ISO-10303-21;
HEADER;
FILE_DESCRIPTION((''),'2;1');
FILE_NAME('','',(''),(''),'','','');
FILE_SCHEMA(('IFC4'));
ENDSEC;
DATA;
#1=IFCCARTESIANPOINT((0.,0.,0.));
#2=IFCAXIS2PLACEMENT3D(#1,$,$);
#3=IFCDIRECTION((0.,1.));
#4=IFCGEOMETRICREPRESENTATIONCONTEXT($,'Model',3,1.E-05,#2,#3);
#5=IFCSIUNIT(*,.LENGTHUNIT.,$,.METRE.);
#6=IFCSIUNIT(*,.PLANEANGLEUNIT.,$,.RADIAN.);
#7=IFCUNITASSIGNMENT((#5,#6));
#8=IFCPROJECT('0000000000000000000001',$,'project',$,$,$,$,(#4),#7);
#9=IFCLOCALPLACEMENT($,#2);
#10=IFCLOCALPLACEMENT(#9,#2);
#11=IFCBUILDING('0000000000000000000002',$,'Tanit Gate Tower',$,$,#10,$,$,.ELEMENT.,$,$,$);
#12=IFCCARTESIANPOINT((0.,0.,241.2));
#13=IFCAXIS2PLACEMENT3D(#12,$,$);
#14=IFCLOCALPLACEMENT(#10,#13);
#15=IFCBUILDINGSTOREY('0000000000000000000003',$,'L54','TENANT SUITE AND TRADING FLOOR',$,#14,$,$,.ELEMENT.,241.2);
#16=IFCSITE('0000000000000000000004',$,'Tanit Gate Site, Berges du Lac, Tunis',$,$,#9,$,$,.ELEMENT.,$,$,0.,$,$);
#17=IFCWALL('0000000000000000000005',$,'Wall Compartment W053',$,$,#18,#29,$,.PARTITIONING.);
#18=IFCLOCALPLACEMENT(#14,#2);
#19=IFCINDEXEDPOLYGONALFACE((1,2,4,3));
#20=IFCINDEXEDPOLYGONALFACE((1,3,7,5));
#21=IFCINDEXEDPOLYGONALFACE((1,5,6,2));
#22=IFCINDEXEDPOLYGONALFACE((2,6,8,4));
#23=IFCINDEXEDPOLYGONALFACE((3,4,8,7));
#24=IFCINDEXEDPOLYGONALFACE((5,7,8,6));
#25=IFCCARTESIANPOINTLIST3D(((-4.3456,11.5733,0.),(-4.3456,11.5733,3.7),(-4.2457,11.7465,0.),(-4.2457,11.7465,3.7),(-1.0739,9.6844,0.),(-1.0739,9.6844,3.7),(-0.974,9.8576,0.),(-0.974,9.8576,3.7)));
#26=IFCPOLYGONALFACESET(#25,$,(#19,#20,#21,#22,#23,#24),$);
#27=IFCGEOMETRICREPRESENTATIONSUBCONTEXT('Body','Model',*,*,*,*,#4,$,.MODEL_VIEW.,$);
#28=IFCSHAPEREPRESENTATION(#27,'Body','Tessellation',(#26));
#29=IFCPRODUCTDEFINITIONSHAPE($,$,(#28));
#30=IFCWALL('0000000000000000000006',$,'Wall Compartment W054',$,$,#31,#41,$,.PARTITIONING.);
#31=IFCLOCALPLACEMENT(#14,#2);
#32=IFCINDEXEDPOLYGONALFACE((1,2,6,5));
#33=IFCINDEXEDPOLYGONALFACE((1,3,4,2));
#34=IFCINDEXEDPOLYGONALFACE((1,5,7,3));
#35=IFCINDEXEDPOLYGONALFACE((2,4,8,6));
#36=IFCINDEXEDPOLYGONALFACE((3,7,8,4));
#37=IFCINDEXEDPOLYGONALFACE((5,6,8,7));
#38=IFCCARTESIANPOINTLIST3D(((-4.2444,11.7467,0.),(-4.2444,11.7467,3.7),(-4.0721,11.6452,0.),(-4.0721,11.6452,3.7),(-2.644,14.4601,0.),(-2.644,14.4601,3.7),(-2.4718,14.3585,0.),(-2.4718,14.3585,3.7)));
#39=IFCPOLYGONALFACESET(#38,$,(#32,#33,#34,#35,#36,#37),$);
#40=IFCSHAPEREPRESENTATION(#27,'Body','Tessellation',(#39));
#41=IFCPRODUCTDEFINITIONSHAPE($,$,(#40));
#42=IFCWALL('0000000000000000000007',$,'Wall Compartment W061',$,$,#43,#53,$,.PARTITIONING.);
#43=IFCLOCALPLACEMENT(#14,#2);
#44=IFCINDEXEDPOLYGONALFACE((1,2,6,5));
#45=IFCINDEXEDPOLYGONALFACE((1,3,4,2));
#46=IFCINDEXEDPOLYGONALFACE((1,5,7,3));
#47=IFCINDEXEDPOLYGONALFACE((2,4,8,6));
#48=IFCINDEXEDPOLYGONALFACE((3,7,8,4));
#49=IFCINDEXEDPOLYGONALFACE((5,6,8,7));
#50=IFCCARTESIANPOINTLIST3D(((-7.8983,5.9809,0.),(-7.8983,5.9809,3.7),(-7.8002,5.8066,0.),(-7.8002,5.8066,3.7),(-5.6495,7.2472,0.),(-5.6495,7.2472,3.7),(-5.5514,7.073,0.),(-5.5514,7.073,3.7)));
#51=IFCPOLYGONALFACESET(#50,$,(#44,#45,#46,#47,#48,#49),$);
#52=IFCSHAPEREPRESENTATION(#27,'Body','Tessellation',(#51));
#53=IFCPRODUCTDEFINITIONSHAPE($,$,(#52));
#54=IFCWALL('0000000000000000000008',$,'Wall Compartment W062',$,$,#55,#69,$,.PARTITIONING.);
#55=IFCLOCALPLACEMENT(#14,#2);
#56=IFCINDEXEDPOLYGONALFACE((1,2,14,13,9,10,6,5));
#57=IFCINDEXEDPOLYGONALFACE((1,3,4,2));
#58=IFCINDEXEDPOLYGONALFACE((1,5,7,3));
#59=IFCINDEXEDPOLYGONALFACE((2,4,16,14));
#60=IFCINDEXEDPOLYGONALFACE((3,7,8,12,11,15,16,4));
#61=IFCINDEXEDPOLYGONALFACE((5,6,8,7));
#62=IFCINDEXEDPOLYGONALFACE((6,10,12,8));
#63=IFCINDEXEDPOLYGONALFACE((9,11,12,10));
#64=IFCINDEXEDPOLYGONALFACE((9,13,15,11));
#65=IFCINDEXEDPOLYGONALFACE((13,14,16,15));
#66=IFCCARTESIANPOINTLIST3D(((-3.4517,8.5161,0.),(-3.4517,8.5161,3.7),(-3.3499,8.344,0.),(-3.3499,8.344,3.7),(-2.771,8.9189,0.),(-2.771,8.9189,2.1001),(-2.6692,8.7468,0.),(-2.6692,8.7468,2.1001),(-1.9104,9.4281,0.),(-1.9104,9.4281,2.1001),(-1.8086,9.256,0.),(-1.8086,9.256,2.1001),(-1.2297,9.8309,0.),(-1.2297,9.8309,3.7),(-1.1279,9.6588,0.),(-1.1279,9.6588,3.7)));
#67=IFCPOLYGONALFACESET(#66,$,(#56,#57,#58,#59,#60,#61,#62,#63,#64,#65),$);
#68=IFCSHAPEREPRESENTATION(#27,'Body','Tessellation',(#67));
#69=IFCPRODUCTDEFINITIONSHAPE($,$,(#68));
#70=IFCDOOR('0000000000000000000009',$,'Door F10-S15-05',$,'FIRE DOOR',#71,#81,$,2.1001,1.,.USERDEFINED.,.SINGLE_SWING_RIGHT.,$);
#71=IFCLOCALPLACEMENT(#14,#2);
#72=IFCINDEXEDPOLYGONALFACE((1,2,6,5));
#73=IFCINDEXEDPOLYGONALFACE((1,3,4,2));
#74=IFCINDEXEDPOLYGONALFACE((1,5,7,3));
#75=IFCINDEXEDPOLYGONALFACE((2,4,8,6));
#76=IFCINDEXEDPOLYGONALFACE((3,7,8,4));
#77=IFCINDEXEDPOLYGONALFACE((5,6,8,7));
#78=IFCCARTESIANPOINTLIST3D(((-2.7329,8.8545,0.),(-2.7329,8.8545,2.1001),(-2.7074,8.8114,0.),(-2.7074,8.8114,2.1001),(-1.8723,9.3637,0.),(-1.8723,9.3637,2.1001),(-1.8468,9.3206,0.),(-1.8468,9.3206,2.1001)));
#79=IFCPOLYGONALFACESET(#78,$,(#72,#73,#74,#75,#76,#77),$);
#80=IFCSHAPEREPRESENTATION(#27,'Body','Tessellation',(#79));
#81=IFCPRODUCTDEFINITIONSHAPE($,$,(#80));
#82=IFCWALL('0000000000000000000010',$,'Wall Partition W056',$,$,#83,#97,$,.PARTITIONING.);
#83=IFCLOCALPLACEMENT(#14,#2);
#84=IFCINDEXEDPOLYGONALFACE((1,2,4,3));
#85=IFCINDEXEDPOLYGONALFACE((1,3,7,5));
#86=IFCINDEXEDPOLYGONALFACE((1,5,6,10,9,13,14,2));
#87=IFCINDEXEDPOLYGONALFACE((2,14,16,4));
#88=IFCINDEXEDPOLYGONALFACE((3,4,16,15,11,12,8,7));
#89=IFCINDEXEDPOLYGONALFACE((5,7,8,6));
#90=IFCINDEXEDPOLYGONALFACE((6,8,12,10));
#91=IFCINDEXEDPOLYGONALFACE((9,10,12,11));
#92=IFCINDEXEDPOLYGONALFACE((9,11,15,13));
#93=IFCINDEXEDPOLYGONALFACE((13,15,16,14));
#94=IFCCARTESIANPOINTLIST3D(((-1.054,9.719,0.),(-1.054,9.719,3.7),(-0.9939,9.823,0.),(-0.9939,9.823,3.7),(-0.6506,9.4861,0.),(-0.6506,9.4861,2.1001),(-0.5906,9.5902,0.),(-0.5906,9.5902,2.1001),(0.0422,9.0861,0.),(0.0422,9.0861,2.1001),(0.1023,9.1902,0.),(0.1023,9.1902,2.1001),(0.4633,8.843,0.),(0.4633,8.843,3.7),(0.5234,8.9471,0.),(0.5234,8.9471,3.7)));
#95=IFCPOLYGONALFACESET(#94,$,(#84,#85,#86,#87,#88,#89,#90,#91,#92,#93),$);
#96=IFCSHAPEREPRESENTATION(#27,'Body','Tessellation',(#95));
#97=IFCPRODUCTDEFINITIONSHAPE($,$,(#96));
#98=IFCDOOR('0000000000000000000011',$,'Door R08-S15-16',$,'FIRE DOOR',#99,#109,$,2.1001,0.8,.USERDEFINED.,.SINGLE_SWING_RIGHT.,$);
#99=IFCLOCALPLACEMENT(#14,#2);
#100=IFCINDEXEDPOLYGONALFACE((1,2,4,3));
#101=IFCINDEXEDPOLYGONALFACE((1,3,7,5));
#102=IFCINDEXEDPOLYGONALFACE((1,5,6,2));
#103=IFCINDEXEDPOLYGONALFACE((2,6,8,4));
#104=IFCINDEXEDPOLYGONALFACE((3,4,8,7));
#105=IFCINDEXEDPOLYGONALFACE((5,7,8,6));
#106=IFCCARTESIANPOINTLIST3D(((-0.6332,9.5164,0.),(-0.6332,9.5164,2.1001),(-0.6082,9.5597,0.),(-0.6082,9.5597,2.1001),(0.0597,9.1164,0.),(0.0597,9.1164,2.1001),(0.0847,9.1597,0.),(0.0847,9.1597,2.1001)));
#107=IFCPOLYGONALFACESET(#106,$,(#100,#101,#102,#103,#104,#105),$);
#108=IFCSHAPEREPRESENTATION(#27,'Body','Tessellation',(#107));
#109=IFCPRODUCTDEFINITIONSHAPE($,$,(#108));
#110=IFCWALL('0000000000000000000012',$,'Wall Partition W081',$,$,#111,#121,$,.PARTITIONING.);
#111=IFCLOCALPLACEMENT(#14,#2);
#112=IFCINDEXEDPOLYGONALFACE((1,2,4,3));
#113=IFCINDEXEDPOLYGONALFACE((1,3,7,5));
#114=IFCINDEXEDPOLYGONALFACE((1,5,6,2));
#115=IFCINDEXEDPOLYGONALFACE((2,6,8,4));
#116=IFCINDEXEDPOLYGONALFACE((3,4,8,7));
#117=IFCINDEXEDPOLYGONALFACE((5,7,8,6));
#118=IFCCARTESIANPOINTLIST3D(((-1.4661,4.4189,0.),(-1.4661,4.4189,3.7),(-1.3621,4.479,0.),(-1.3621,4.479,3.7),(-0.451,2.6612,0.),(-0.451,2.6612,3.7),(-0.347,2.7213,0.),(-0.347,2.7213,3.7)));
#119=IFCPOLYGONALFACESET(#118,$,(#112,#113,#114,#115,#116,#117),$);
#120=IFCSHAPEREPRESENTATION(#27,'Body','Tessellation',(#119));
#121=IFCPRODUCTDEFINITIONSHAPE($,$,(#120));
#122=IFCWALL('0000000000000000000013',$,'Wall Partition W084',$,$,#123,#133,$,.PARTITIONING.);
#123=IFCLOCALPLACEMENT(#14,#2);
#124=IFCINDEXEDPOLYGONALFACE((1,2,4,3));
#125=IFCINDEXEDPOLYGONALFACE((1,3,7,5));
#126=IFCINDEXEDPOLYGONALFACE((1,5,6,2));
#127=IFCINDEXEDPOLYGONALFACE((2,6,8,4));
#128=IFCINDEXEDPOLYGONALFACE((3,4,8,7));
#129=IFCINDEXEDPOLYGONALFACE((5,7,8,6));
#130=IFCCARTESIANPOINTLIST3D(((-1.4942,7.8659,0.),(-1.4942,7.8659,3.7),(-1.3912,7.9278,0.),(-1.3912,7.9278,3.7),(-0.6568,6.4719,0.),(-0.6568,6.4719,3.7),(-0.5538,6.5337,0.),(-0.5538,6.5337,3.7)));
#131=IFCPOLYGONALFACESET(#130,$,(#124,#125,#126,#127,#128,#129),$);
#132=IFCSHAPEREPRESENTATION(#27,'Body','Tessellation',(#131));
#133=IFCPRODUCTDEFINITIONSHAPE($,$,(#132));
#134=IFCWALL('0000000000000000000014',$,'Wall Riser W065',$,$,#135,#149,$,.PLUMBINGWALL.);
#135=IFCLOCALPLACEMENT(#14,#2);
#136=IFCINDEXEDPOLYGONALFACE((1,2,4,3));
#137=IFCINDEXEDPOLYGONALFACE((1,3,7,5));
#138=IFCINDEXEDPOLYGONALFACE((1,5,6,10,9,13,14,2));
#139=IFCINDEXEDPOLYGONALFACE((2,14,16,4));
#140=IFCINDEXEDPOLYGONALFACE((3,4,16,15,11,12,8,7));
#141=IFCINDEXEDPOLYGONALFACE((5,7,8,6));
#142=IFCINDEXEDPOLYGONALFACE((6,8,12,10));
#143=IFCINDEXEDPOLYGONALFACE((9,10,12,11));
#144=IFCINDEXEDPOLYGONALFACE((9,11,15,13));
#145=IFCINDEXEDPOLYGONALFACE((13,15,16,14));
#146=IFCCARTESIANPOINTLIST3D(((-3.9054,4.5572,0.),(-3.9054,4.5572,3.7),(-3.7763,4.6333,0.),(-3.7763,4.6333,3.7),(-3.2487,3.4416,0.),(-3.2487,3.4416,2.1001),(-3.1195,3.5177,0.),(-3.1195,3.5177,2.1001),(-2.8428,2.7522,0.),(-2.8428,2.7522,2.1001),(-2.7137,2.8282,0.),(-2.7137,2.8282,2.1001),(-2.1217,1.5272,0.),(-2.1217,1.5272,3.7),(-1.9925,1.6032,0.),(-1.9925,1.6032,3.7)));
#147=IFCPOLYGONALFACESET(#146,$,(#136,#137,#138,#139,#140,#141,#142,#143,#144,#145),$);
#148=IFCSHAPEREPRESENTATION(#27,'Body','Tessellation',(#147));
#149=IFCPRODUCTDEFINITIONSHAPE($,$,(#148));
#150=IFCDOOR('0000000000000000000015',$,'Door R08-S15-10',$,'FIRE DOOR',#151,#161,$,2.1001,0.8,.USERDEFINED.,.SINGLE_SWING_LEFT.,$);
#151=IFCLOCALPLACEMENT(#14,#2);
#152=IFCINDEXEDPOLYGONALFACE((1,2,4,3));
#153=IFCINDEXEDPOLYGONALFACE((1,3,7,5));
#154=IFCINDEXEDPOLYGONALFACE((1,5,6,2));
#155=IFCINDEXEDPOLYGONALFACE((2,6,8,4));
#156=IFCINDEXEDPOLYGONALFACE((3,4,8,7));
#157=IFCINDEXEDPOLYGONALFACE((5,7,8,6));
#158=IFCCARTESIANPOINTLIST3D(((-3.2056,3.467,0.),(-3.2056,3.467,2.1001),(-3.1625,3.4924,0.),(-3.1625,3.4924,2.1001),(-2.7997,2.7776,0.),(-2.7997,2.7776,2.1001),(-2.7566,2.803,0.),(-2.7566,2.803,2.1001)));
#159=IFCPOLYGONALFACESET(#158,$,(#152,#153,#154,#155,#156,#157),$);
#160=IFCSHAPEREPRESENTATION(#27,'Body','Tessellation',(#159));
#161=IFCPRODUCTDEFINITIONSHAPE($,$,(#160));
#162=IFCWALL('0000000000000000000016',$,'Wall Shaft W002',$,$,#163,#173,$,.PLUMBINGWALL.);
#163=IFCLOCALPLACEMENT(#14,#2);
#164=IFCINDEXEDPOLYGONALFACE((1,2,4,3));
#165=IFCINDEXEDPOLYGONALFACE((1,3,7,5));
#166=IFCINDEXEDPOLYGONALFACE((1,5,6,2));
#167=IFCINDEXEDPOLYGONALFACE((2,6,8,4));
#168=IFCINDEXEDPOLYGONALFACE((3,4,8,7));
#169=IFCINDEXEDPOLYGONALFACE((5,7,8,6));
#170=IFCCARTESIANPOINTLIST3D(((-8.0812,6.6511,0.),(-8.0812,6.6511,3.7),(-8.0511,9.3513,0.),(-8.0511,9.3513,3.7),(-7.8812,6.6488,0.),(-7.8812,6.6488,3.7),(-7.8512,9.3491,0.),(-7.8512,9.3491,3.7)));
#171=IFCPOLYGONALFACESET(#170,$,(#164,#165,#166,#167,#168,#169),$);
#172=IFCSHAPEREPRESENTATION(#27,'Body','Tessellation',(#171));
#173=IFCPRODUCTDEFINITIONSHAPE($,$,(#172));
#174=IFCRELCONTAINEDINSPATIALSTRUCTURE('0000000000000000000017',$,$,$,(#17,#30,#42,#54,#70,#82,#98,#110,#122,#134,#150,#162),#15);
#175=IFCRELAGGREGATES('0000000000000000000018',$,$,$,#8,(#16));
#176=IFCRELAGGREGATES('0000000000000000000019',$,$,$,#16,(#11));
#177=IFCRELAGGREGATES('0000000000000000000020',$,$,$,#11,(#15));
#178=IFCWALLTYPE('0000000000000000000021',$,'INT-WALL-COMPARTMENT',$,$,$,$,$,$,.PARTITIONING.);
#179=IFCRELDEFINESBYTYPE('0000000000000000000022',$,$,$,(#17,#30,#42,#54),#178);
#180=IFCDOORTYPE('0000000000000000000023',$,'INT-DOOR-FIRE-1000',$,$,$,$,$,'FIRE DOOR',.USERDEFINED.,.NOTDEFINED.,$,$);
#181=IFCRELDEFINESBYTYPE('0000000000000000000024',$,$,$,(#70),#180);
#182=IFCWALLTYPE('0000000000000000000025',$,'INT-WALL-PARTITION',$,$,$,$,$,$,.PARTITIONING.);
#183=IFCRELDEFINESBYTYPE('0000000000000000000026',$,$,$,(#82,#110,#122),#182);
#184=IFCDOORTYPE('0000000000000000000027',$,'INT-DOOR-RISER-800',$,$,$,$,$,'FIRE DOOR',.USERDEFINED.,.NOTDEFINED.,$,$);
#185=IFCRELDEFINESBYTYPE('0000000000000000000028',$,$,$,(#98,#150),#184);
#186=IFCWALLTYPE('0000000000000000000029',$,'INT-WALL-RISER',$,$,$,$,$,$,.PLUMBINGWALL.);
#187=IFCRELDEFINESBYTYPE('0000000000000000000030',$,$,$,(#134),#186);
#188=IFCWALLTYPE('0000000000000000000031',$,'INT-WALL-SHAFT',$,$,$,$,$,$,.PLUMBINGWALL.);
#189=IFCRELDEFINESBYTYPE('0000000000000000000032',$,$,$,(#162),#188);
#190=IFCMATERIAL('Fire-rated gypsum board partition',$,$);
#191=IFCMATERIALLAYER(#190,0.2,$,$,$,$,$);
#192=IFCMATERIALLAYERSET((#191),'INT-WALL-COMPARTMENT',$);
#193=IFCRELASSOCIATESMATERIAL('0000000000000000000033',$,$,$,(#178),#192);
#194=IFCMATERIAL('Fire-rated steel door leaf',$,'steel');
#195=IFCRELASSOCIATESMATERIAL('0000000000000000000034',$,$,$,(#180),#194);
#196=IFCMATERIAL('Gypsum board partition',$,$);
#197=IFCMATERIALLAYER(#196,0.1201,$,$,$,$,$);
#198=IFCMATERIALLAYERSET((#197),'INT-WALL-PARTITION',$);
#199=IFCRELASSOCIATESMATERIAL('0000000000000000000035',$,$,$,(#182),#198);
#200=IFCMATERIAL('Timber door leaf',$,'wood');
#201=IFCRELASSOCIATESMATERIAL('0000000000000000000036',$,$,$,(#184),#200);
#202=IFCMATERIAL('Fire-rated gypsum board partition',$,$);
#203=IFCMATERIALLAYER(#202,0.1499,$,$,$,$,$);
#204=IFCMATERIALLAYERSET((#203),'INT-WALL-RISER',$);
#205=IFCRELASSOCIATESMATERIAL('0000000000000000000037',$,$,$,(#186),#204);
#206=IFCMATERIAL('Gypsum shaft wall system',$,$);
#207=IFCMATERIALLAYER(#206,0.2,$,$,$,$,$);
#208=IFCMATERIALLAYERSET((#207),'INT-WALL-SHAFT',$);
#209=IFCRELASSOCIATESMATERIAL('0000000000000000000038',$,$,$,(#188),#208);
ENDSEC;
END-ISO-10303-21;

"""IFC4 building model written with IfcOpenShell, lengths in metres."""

from ifc_helpers import new_model, si_unit, direction, frame, frame_2d, origin, place, context, subcontext, project, spatial, rectangle, extrude, material, layer, layer_set, type_object, element, fill, save


model = new_model("IFC4")

# Units and contexts
model_context = context("Model", 3, precision=1e-05, world=origin(), true_north=direction((0.0, 1.0)))
body_context = subcontext(model_context, "Body", "Model", "MODEL_VIEW")
ifc_project = project(units=[si_unit("LENGTHUNIT", "METRE"), si_unit("PLANEANGLEUNIT", "RADIAN")], contexts=[model_context])

# Site, building, storey
site_placement = place(None, origin())
site = spatial("IfcSite", under=ifc_project, at=site_placement, Name="Tanit Gate Site, Berges du Lac, Tunis", CompositionType="ELEMENT", RefElevation=0.0)
building_placement = place(site_placement, origin())
building = spatial("IfcBuilding", under=site, at=building_placement, Name="Tanit Gate Tower", CompositionType="ELEMENT")
storey_placement = place(building_placement, frame((0.0, 0.0, 241.2)))
storey = spatial("IfcBuildingStorey", under=building, at=storey_placement, Name="L54", Description="TENANT SUITE AND TRADING FLOOR", CompositionType="ELEMENT", Elevation=241.2)

# Walls
ifc_material_1 = material(Name="Fire-rated gypsum board partition")
ifc_layer_1 = layer(ifc_material_1, 0.2)
ifc_layer_set_1 = layer_set([ifc_layer_1], Name="INT-WALL-COMPARTMENT")
wall_type_1 = type_object("IfcWallType", Name="INT-WALL-COMPARTMENT", PredefinedType="PARTITIONING", material=ifc_layer_set_1)
wall_1_placement = place(storey_placement, frame((-4.2957, 11.6599, 0.0), z_axis=(0.0, 0.0, 1.0), x_axis=(0.866027, -0.499997, 0.0)))
element("IfcWall", 1, at=wall_1_placement, inside=storey, type_object=wall_type_1, Name="Wall Compartment W053", PredefinedType="PARTITIONING", context=body_context, shape_type="SweptSolid", body=[
    extrude(rectangle(XDim=3.7778, YDim=0.2, at=frame_2d((1.8889, 0.0))), origin(), (0.0, 0.0, 1.0), 3.7),
])
wall_2_placement = place(storey_placement, frame((-2.5579, 14.4094, 0.0), z_axis=(0.0, 0.0, 1.0), x_axis=(-0.508019, -0.861346, 0.0)))
element("IfcWall", 2, at=wall_2_placement, inside=storey, type_object=wall_type_1, Name="Wall Compartment W054", PredefinedType="PARTITIONING", context=body_context, shape_type="SweptSolid", body=[
    extrude(rectangle(XDim=3.1501, YDim=0.2, at=frame_2d((1.5752, 0.0))), origin(), (0.0, 0.0, 1.0), 3.7),
])
wall_3_placement = place(storey_placement, frame((-5.6003, 7.1602, 0.0), z_axis=(0.0, 0.0, 1.0), x_axis=(-0.87134, -0.490679, 0.0)))
element("IfcWall", 3, at=wall_3_placement, inside=storey, type_object=wall_type_1, Name="Wall Compartment W061", PredefinedType="PARTITIONING", context=body_context, shape_type="SweptSolid", body=[
    extrude(rectangle(XDim=2.5808, YDim=0.2, at=frame_2d((1.2905, 0.0))), origin(), (0.0, 0.0, 1.0), 3.7),
])

# Walls, openings, doors
wall_4_placement = place(storey_placement, frame((-1.1787, 9.7449, 0.0), z_axis=(0.0, 0.0, 1.0), x_axis=(-0.860631, -0.509229, 0.0)))
wall_4 = element("IfcWall", 4, at=wall_4_placement, inside=storey, type_object=wall_type_1, Name="Wall Compartment W062", PredefinedType="PARTITIONING", context=body_context, shape_type="SweptSolid", body=[
    extrude(rectangle(XDim=2.5818, YDim=0.2, at=frame_2d((1.291, 0.0))), origin(), (0.0, 0.0, 1.0), 3.7),
])
opening_1_placement = place(wall_4_placement, frame((0.791, 0.0, 0.0)))
opening_1 = element("IfcOpeningElement", 5, at=opening_1_placement, cuts=wall_4, PredefinedType="OPENING", context=body_context, shape_type="SweptSolid", body=[
    extrude(rectangle(XDim=1.0, YDim=2.1001, at=frame_2d((0.5, 1.05))), frame((0.0, 0.1099, 0.0), z_axis=(0.0, -1.0, 0.0), x_axis=(1.0, 0.0, 0.0)), (0.0, 0.0, 1.0), 0.22),
])
ifc_material_2 = material(Name="Fire-rated steel door leaf", Category="steel")
door_type_1 = type_object("IfcDoorType", Name="INT-DOOR-FIRE-1000", ElementType="FIRE DOOR", OperationType="NOTDEFINED", PredefinedType="USERDEFINED", material=ifc_material_2)
door_1_placement = place(opening_1_placement, origin())
door_1 = element("IfcDoor", 6, at=door_1_placement, inside=storey, type_object=door_type_1, Name="Door F10-S15-05", ObjectType="FIRE DOOR", OperationType="SINGLE_SWING_RIGHT", OverallHeight=2.1001, OverallWidth=1.0, PredefinedType="USERDEFINED", context=body_context, shape_type="SweptSolid", body=[
    extrude(rectangle(XDim=1.0, YDim=2.1001, at=frame_2d((0.5, 1.05))), frame((0.0, 0.0249, 0.0), z_axis=(0.0, -1.0, 0.0), x_axis=(1.0, 0.0, 0.0)), (0.0, 0.0, 1.0), 0.05),
])
fill(opening_1, door_1)
ifc_material_3 = material(Name="Gypsum board partition")
ifc_layer_2 = layer(ifc_material_3, 0.1201)
ifc_layer_set_2 = layer_set([ifc_layer_2], Name="INT-WALL-PARTITION")
wall_type_2 = type_object("IfcWallType", Name="INT-WALL-PARTITION", PredefinedType="PARTITIONING", material=ifc_layer_set_2)
wall_5_placement = place(storey_placement, frame((-1.0239, 9.771, 0.0), z_axis=(0.0, 0.0, 1.0), x_axis=(0.866039, -0.499976, 0.0)))
wall_5 = element("IfcWall", 7, at=wall_5_placement, inside=storey, type_object=wall_type_2, Name="Wall Partition W056", PredefinedType="PARTITIONING", context=body_context, shape_type="SweptSolid", body=[
    extrude(rectangle(XDim=1.752, YDim=0.1201, at=frame_2d((0.876, 0.0))), origin(), (0.0, 0.0, 1.0), 3.7),
])
opening_2_placement = place(wall_5_placement, frame((0.4658, 0.0, 0.0)))
opening_2 = element("IfcOpeningElement", 8, at=opening_2_placement, cuts=wall_5, PredefinedType="OPENING", context=body_context, shape_type="SweptSolid", body=[
    extrude(rectangle(XDim=0.8, YDim=2.1001, at=frame_2d((0.3999, 1.05))), frame((0.0, 0.0701, 0.0), z_axis=(0.0, -1.0, 0.0), x_axis=(1.0, 0.0, 0.0)), (0.0, 0.0, 1.0), 0.1401),
])
ifc_material_4 = material(Name="Timber door leaf", Category="wood")
door_type_2 = type_object("IfcDoorType", Name="INT-DOOR-RISER-800", ElementType="FIRE DOOR", OperationType="NOTDEFINED", PredefinedType="USERDEFINED", material=ifc_material_4)
door_2_placement = place(opening_2_placement, origin())
door_2 = element("IfcDoor", 9, at=door_2_placement, inside=storey, type_object=door_type_2, Name="Door R08-S15-16", ObjectType="FIRE DOOR", OperationType="SINGLE_SWING_RIGHT", OverallHeight=2.1001, OverallWidth=0.8, PredefinedType="USERDEFINED", context=body_context, shape_type="SweptSolid", body=[
    extrude(rectangle(XDim=0.8, YDim=2.1001, at=frame_2d((0.3999, 1.05))), frame((0.0, 0.0249, 0.0), z_axis=(0.0, -1.0, 0.0), x_axis=(1.0, 0.0, 0.0)), (0.0, 0.0, 1.0), 0.05),
])
fill(opening_2, door_2)

# Walls
wall_6_placement = place(storey_placement, frame((-1.4141, 4.449, 0.0), z_axis=(0.0, 0.0, 1.0), x_axis=(0.500097, -0.865969, 0.0)))
element("IfcWall", 10, at=wall_6_placement, inside=storey, type_object=wall_type_2, Name="Wall Partition W081", PredefinedType="PARTITIONING", context=body_context, shape_type="SweptSolid", body=[
    extrude(rectangle(XDim=2.0298, YDim=0.1201, at=frame_2d((1.0149, 0.0))), origin(), (0.0, 0.0, 1.0), 3.7),
])
wall_7_placement = place(storey_placement, frame((-1.4426, 7.8967, 0.0), z_axis=(0.0, 0.0, 1.0), x_axis=(0.514937, -0.857228, 0.0)))
element("IfcWall", 11, at=wall_7_placement, inside=storey, type_object=wall_type_2, Name="Wall Partition W084", PredefinedType="PARTITIONING", context=body_context, shape_type="SweptSolid", body=[
    extrude(rectangle(XDim=1.6262, YDim=0.1201, at=frame_2d((0.813, 0.0))), origin(), (0.0, 0.0, 1.0), 3.7),
])

# Wall, opening, door
ifc_material_5 = material(Name="Fire-rated gypsum board partition")
ifc_layer_3 = layer(ifc_material_5, 0.1499)
ifc_layer_set_3 = layer_set([ifc_layer_3], Name="INT-WALL-RISER")
wall_type_3 = type_object("IfcWallType", Name="INT-WALL-RISER", PredefinedType="PLUMBINGWALL", material=ifc_layer_set_3)
wall_8_placement = place(storey_placement, frame((-2.0571, 1.5652, 0.0), z_axis=(0.0, 0.0, 1.0), x_axis=(-0.507299, 0.86177, 0.0)))
wall_8 = element("IfcWall", 12, at=wall_8_placement, inside=storey, type_object=wall_type_3, Name="Wall Riser W065", PredefinedType="PLUMBINGWALL", context=body_context, shape_type="SweptSolid", body=[
    extrude(rectangle(XDim=3.5161, YDim=0.1499, at=frame_2d((1.7581, 0.0))), origin(), (0.0, 0.0, 1.0), 3.7),
])
opening_3_placement = place(wall_8_placement, frame((1.4216, 0.0, 0.0)))
opening_3 = element("IfcOpeningElement", 13, at=opening_3_placement, cuts=wall_8, PredefinedType="OPENING", context=body_context, shape_type="SweptSolid", body=[
    extrude(rectangle(XDim=0.8, YDim=2.1001, at=frame_2d((0.3999, 1.05))), frame((0.0, 0.085, 0.0), z_axis=(0.0, -1.0, 0.0), x_axis=(1.0, 0.0, 0.0)), (0.0, 0.0, 1.0), 0.1699),
])
door_3_placement = place(opening_3_placement, origin())
door_3 = element("IfcDoor", 14, at=door_3_placement, inside=storey, type_object=door_type_2, Name="Door R08-S15-10", ObjectType="FIRE DOOR", OperationType="SINGLE_SWING_LEFT", OverallHeight=2.1001, OverallWidth=0.8, PredefinedType="USERDEFINED", context=body_context, shape_type="SweptSolid", body=[
    extrude(rectangle(XDim=0.8, YDim=2.1001, at=frame_2d((0.3999, 1.05))), frame((0.0, 0.0249, 0.0), z_axis=(0.0, -1.0, 0.0), x_axis=(1.0, 0.0, 0.0)), (0.0, 0.0, 1.0), 0.05),
])
fill(opening_3, door_3)

# Wall
ifc_material_6 = material(Name="Gypsum shaft wall system")
ifc_layer_4 = layer(ifc_material_6, 0.2)
ifc_layer_set_4 = layer_set([ifc_layer_4], Name="INT-WALL-SHAFT")
wall_type_4 = type_object("IfcWallType", Name="INT-WALL-SHAFT", PredefinedType="PLUMBINGWALL", material=ifc_layer_set_4)
wall_9_placement = place(storey_placement, frame((-7.9512, 9.3501, 0.0), z_axis=(0.0, 0.0, 1.0), x_axis=(-0.01112, -0.999938, 0.0)))
element("IfcWall", 15, at=wall_9_placement, inside=storey, type_object=wall_type_4, Name="Wall Shaft W002", PredefinedType="PLUMBINGWALL", context=body_context, shape_type="SweptSolid", body=[
    extrude(rectangle(XDim=2.7004, YDim=0.2, at=frame_2d((1.3501, 0.0))), origin(), (0.0, 0.0, 1.0), 3.7),
])

save(model, "model.ifc")
